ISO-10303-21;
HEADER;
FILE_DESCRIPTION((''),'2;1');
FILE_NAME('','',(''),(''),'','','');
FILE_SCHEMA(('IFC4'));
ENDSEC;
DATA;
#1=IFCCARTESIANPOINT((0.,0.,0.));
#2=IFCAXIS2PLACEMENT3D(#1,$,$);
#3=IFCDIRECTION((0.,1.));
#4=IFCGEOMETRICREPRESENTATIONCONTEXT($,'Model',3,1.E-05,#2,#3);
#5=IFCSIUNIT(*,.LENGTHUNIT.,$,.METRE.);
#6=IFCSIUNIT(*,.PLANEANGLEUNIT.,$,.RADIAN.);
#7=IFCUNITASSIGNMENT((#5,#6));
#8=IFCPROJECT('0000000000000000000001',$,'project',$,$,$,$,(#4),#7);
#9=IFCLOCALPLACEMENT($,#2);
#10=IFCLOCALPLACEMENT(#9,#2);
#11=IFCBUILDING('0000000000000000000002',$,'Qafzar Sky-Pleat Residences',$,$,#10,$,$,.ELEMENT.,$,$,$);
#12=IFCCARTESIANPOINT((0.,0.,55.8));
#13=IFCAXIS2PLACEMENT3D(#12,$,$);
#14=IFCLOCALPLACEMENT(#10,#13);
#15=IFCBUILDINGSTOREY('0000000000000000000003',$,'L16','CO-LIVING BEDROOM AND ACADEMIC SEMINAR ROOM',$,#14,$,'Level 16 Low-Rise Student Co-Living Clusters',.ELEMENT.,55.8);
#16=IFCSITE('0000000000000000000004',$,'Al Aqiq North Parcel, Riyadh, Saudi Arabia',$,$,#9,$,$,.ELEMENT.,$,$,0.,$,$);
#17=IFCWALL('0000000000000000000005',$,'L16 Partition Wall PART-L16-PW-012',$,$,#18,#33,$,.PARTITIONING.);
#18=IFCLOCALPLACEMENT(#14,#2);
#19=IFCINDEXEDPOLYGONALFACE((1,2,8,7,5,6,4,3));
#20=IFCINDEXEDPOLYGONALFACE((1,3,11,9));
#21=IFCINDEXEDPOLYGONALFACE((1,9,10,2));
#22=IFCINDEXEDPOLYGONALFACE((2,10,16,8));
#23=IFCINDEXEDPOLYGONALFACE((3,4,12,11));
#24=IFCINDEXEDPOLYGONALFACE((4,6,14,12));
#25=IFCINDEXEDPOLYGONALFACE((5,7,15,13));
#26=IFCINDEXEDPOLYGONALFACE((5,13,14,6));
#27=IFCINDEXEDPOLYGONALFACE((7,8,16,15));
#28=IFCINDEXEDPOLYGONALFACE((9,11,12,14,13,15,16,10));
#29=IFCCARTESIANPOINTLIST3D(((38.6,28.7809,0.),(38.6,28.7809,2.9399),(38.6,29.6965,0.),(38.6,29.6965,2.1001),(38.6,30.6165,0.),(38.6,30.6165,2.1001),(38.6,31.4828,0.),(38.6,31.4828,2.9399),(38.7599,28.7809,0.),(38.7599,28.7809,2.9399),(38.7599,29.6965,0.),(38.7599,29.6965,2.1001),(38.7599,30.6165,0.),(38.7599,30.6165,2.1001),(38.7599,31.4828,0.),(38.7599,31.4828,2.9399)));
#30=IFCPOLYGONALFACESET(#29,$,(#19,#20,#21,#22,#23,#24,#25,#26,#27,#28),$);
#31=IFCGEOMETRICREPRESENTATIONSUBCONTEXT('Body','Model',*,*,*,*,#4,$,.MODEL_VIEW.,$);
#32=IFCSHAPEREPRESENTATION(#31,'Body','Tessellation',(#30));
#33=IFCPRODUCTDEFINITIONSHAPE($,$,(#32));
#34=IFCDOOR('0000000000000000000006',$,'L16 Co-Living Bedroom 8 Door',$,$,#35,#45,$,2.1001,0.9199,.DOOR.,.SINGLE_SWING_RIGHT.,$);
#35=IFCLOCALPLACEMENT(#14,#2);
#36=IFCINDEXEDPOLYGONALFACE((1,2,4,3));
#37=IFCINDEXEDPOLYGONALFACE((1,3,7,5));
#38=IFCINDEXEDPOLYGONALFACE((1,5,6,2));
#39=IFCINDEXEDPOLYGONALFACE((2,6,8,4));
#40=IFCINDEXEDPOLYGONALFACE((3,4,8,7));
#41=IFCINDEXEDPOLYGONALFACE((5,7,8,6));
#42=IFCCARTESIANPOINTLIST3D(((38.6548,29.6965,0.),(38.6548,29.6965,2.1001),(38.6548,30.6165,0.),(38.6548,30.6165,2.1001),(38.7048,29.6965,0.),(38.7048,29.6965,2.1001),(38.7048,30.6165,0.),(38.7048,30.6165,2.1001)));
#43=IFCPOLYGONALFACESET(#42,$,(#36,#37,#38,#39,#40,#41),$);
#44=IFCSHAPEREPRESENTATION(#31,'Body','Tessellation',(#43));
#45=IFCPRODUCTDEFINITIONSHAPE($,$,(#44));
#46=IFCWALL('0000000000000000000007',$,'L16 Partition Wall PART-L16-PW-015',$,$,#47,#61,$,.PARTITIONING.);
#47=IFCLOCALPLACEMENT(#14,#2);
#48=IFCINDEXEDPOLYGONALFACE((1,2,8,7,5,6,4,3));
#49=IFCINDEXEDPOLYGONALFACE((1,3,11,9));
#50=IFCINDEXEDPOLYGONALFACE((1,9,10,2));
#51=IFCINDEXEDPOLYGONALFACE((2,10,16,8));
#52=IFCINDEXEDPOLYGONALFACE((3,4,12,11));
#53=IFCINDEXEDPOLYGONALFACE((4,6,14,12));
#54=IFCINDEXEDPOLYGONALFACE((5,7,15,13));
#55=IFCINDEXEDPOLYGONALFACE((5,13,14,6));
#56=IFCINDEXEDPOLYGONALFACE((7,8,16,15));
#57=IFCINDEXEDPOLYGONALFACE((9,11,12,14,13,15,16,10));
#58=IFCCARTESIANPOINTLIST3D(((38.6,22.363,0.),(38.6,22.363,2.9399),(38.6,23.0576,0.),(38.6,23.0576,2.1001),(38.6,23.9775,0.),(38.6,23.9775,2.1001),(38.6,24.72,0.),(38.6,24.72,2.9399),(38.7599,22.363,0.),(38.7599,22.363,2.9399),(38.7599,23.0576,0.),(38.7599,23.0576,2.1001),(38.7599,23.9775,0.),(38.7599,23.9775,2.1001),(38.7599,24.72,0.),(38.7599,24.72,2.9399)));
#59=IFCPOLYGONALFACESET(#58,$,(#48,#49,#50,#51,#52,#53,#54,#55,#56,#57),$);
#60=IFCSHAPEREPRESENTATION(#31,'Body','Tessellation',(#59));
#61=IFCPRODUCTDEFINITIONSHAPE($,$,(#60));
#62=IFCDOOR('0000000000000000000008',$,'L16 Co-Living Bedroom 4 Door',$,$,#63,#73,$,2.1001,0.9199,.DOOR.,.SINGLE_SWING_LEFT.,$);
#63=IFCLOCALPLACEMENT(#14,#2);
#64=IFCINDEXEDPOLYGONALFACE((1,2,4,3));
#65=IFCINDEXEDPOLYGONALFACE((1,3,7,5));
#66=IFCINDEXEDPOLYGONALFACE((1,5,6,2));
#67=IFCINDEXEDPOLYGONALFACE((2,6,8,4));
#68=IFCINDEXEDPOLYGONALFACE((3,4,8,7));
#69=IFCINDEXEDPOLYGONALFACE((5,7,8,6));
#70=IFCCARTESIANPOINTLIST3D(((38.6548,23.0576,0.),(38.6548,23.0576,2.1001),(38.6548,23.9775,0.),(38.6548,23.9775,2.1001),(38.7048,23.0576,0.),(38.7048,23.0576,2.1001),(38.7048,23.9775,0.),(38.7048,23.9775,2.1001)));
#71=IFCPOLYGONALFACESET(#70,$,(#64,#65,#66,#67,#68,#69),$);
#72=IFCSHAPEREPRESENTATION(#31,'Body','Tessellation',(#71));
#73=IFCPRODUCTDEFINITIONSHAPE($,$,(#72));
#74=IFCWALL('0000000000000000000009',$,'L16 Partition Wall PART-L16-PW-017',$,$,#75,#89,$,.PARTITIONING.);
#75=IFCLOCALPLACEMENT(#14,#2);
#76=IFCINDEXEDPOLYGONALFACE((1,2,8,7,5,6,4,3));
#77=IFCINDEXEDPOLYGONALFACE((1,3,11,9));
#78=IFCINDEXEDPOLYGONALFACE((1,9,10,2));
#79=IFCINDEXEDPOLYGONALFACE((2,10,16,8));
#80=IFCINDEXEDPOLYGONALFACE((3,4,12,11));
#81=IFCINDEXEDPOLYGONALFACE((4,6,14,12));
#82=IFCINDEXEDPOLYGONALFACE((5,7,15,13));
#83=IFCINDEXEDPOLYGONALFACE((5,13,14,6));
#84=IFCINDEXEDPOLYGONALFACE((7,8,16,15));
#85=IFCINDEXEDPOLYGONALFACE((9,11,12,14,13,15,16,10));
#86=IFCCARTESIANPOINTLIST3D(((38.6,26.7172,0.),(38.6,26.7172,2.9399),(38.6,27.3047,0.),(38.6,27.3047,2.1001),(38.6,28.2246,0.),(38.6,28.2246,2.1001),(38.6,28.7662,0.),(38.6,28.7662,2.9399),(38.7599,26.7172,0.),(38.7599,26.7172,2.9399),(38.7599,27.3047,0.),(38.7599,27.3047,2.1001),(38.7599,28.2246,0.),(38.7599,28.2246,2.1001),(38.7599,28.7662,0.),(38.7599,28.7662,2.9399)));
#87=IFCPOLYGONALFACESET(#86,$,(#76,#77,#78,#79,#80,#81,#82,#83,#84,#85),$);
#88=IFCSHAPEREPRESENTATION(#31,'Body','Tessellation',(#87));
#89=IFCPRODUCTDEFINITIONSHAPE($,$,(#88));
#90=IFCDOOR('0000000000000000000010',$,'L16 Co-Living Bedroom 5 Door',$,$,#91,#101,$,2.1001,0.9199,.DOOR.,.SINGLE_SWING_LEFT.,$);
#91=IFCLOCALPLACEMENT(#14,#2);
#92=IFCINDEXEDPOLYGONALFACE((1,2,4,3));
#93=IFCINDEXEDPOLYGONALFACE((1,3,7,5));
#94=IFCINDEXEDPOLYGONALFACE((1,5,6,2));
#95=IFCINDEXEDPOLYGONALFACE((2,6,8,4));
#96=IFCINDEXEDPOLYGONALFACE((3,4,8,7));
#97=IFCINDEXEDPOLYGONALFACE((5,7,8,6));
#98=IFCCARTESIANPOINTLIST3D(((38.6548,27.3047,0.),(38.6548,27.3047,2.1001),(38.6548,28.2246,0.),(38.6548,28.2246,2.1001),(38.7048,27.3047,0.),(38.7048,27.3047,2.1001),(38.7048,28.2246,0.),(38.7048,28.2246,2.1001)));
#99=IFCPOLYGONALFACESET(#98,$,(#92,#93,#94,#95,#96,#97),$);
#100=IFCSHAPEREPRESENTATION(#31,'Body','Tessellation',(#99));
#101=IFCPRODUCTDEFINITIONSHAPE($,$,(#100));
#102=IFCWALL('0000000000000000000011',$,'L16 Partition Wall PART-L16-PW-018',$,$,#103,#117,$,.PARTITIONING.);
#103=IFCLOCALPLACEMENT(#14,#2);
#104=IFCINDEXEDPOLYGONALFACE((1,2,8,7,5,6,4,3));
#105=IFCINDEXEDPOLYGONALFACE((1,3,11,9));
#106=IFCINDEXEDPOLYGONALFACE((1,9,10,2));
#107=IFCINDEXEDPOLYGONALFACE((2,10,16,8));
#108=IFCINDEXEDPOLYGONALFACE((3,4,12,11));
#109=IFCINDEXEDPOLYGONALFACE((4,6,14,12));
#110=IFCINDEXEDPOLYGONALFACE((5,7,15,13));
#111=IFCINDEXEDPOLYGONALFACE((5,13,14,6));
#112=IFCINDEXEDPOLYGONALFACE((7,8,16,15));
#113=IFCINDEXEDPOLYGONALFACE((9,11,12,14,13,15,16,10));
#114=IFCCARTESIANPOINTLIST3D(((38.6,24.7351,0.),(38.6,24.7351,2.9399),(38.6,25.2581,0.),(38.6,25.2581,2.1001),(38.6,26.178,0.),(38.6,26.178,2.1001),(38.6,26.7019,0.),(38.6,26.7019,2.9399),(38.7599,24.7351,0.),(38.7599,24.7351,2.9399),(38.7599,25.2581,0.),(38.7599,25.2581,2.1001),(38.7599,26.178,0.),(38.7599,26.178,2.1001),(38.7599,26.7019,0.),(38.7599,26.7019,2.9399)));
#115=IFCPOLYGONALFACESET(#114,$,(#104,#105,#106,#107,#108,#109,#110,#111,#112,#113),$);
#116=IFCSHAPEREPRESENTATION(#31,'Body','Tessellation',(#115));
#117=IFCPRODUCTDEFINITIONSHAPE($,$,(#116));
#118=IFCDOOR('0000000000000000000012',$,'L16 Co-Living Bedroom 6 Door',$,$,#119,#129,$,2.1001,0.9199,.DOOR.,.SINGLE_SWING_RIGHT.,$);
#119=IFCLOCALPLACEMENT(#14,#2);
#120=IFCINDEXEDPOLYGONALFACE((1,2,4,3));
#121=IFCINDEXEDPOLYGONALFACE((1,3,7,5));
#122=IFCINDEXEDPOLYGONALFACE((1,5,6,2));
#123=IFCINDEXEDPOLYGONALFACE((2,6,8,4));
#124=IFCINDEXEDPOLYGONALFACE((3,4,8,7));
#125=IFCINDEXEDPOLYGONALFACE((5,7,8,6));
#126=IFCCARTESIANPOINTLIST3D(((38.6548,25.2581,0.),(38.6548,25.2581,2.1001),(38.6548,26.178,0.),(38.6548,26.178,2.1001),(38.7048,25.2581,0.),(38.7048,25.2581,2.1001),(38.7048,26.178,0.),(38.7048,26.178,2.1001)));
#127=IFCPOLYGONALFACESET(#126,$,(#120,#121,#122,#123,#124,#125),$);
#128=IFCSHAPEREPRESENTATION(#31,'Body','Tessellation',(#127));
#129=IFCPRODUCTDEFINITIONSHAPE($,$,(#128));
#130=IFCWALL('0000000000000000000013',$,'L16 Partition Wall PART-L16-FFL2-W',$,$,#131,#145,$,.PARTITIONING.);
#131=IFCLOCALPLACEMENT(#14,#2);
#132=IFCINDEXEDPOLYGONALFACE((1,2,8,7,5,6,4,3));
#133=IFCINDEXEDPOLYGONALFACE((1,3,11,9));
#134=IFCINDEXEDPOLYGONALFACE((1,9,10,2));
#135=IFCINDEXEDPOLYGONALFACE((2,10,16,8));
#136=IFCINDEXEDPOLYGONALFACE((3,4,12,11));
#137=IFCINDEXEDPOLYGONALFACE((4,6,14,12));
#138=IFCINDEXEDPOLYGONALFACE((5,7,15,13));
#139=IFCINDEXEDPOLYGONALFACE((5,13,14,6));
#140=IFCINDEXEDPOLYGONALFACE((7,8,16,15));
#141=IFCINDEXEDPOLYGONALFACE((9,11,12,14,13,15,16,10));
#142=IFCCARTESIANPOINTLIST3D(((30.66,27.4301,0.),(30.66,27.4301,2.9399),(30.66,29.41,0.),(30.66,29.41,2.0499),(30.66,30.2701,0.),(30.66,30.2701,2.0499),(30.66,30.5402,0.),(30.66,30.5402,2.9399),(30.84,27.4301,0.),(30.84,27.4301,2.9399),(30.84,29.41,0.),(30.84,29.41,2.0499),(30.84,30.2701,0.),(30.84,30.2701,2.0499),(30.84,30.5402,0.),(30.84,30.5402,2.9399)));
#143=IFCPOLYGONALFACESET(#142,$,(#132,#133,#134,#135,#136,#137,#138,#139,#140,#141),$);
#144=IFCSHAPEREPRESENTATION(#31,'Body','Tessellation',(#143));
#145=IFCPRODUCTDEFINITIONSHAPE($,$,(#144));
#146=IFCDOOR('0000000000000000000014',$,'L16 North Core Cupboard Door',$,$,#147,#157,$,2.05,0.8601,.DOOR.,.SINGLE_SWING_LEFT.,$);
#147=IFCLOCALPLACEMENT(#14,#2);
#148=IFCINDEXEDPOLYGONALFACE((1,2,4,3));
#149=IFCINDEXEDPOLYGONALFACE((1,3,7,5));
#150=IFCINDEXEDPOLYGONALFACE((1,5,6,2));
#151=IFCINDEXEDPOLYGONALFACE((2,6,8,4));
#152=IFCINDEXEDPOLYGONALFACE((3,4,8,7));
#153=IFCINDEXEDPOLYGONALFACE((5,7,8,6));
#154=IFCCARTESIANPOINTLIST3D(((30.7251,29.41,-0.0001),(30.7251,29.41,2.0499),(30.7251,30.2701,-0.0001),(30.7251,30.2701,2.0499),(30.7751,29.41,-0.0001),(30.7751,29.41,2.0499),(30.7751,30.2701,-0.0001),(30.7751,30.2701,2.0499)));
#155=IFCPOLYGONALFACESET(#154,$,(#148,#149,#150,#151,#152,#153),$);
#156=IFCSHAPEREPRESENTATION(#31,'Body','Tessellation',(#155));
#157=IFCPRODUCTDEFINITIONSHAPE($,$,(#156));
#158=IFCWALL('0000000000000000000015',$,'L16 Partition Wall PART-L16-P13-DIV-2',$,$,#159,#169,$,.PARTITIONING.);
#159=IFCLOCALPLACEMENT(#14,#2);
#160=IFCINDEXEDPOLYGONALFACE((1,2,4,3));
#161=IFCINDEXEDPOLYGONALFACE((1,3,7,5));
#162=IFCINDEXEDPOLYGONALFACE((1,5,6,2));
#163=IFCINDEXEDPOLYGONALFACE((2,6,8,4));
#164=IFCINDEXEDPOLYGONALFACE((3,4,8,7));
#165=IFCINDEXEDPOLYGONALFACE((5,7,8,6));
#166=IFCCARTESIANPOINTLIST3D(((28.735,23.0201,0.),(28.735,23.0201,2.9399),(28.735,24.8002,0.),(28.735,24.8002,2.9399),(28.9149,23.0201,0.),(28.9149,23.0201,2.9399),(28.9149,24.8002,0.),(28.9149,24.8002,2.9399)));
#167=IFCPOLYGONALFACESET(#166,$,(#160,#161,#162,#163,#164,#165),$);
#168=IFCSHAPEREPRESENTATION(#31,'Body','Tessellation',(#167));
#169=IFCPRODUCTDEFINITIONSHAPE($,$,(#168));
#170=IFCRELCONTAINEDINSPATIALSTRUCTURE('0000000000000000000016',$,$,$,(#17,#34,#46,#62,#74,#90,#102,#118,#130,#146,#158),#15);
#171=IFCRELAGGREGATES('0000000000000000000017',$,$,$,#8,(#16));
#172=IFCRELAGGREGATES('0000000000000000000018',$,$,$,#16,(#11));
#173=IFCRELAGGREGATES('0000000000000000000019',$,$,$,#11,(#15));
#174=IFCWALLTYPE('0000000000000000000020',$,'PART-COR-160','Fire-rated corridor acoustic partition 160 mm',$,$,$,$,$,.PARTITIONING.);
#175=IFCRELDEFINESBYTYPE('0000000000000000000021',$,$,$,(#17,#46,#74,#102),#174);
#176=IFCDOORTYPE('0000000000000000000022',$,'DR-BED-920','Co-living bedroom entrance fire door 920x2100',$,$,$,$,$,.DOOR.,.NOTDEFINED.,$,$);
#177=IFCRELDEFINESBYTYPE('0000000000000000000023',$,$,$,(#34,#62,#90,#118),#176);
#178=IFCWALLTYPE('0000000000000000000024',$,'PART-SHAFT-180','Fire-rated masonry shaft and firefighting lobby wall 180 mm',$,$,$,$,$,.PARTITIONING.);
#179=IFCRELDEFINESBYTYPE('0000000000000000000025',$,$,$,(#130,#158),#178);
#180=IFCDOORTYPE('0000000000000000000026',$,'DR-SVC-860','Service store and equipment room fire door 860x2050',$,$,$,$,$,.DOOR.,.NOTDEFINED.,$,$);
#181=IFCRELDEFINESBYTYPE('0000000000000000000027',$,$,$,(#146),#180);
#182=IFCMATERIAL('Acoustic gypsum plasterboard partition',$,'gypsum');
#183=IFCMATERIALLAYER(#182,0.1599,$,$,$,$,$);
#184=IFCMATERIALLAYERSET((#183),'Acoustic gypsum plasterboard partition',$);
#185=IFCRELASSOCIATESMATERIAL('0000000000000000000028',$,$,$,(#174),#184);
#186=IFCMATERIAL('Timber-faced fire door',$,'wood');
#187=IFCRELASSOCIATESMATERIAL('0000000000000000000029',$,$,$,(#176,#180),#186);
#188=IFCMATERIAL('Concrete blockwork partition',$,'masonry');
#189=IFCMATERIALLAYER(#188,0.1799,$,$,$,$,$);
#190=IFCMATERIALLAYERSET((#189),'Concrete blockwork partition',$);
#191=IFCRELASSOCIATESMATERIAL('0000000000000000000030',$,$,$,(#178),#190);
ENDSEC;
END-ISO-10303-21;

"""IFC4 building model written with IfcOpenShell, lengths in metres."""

from ifc_helpers import new_model, si_unit, direction, frame, frame_2d, origin, place, context, subcontext, project, spatial, rectangle, extrude, source, transform, mapped, material, layer, layer_set, type_object, element, fill, save


model = new_model("IFC4")

# Units and contexts
model_context = context("Model", 3, precision=1e-05, world=origin(), true_north=direction((0.0, 1.0)))
body_context = subcontext(model_context, "Body", "Model", "MODEL_VIEW")
ifc_project = project(units=[si_unit("LENGTHUNIT", "METRE"), si_unit("PLANEANGLEUNIT", "RADIAN")], contexts=[model_context])

# Site, building, storey
site_placement = place(None, origin())
site = spatial("IfcSite", under=ifc_project, at=site_placement, Name="Al Aqiq North Parcel, Riyadh, Saudi Arabia", CompositionType="ELEMENT", RefElevation=0.0)
building_placement = place(site_placement, origin())
building = spatial("IfcBuilding", under=site, at=building_placement, Name="Qafzar Sky-Pleat Residences", CompositionType="ELEMENT")
storey_placement = place(building_placement, frame((0.0, 0.0, 55.8)))
storey = spatial("IfcBuildingStorey", under=building, at=storey_placement, Name="L16", Description="CO-LIVING BEDROOM AND ACADEMIC SEMINAR ROOM", LongName="Level 16 Low-Rise Student Co-Living Clusters", CompositionType="ELEMENT", Elevation=55.8)

# Walls, openings, doors
ifc_material_1 = material(Name="Acoustic gypsum plasterboard partition", Category="gypsum")
ifc_layer_1 = layer(ifc_material_1, 0.1599)
ifc_layer_set_1 = layer_set([ifc_layer_1], Name="Acoustic gypsum plasterboard partition")
wall_type_1 = type_object("IfcWallType", Name="PART-COR-160", Description="Fire-rated corridor acoustic partition 160 mm", PredefinedType="PARTITIONING", material=ifc_layer_set_1)
wall_1_placement = place(storey_placement, frame((38.6799, 31.4829, 0.0), z_axis=(0.0, 0.0, 1.0), x_axis=(0.0, -1.0, 0.0)))
wall_1 = element("IfcWall", 1, at=wall_1_placement, inside=storey, type_object=wall_type_1, Name="L16 Partition Wall PART-L16-PW-012", PredefinedType="PARTITIONING", context=body_context, shape_type="SweptSolid", body=[
    extrude(rectangle(XDim=2.7019, YDim=0.1599, at=frame_2d((1.3511, 0.0))), origin(), (0.0, 0.0, 1.0), 2.9399),
])
opening_1_placement = place(wall_1_placement, frame((0.8665, 0.0, 0.0)))
opening_1 = element("IfcOpeningElement", 2, at=opening_1_placement, cuts=wall_1, PredefinedType="OPENING", context=body_context, shape_type="SweptSolid", body=[
    extrude(rectangle(XDim=0.9199, YDim=2.1001, at=frame_2d((0.46, 1.05))), frame((0.0, 0.0898, 0.0), z_axis=(0.0, -1.0, 0.0), x_axis=(1.0, 0.0, 0.0)), (0.0, 0.0, 1.0), 0.1799),
])
ifc_material_2 = material(Name="Timber-faced fire door", Category="wood")
door_type_1 = type_object("IfcDoorType", Name="DR-BED-920", Description="Co-living bedroom entrance fire door 920x2100", OperationType="NOTDEFINED", PredefinedType="DOOR", material=ifc_material_2)
shared_shape_1 = source(origin(), body_context, "Body", "SweptSolid", [
    extrude(rectangle(XDim=0.9199, YDim=2.1001, at=frame_2d((0.46, 1.05))), frame((0.0, 0.0249, 0.0), z_axis=(0.0, -1.0, 0.0), x_axis=(1.0, 0.0, 0.0)), (0.0, 0.0, 1.0), 0.05),
])
door_1_placement = place(opening_1_placement, origin())
door_1 = element("IfcDoor", 3, at=door_1_placement, inside=storey, type_object=door_type_1, Name="L16 Co-Living Bedroom 8 Door", OperationType="SINGLE_SWING_RIGHT", OverallHeight=2.1001, OverallWidth=0.9199, PredefinedType="DOOR", context=body_context, shape_type="MappedRepresentation", body=[
    mapped(shared_shape_1, transform((0.0, 0.0, 0.0), x_axis=(1.0, 0.0, 0.0), y_axis=(0.0, 1.0, 0.0), z_axis=(0.0, 0.0, 1.0), scale=1.0)),
])
fill(opening_1, door_1)
wall_2_placement = place(storey_placement, frame((38.6799, 24.72, 0.0), z_axis=(0.0, 0.0, 1.0), x_axis=(0.0, -1.0, 0.0)))
wall_2 = element("IfcWall", 4, at=wall_2_placement, inside=storey, type_object=wall_type_1, Name="L16 Partition Wall PART-L16-PW-015", PredefinedType="PARTITIONING", context=body_context, shape_type="SweptSolid", body=[
    extrude(rectangle(XDim=2.3569, YDim=0.1599, at=frame_2d((1.1785, 0.0))), origin(), (0.0, 0.0, 1.0), 2.9399),
])
opening_2_placement = place(wall_2_placement, frame((0.7424, 0.0, 0.0)))
opening_2 = element("IfcOpeningElement", 5, at=opening_2_placement, cuts=wall_2, PredefinedType="OPENING", context=body_context, shape_type="SweptSolid", body=[
    extrude(rectangle(XDim=0.9199, YDim=2.1001, at=frame_2d((0.46, 1.05))), frame((0.0, 0.0898, 0.0), z_axis=(0.0, -1.0, 0.0), x_axis=(1.0, 0.0, 0.0)), (0.0, 0.0, 1.0), 0.1799),
])
door_2_placement = place(opening_2_placement, origin())
door_2 = element("IfcDoor", 6, at=door_2_placement, inside=storey, type_object=door_type_1, Name="L16 Co-Living Bedroom 4 Door", OperationType="SINGLE_SWING_LEFT", OverallHeight=2.1001, OverallWidth=0.9199, PredefinedType="DOOR", context=body_context, shape_type="MappedRepresentation", body=[
    mapped(shared_shape_1, transform((0.0, 0.0, 0.0), x_axis=(1.0, 0.0, 0.0), y_axis=(0.0, 1.0, 0.0), z_axis=(0.0, 0.0, 1.0), scale=1.0)),
])
fill(opening_2, door_2)
wall_3_placement = place(storey_placement, frame((38.6799, 28.7661, 0.0), z_axis=(0.0, 0.0, 1.0), x_axis=(0.0, -1.0, 0.0)))
wall_3 = element("IfcWall", 7, at=wall_3_placement, inside=storey, type_object=wall_type_1, Name="L16 Partition Wall PART-L16-PW-017", PredefinedType="PARTITIONING", context=body_context, shape_type="SweptSolid", body=[
    extrude(rectangle(XDim=2.0491, YDim=0.1599, at=frame_2d((1.0244, 0.0))), origin(), (0.0, 0.0, 1.0), 2.9399),
])
opening_3_placement = place(wall_3_placement, frame((0.5415, 0.0, 0.0)))
opening_3 = element("IfcOpeningElement", 8, at=opening_3_placement, cuts=wall_3, PredefinedType="OPENING", context=body_context, shape_type="SweptSolid", body=[
    extrude(rectangle(XDim=0.9199, YDim=2.1001, at=frame_2d((0.46, 1.05))), frame((0.0, 0.0898, 0.0), z_axis=(0.0, -1.0, 0.0), x_axis=(1.0, 0.0, 0.0)), (0.0, 0.0, 1.0), 0.1799),
])
door_3_placement = place(opening_3_placement, origin())
door_3 = element("IfcDoor", 9, at=door_3_placement, inside=storey, type_object=door_type_1, Name="L16 Co-Living Bedroom 5 Door", OperationType="SINGLE_SWING_LEFT", OverallHeight=2.1001, OverallWidth=0.9199, PredefinedType="DOOR", context=body_context, shape_type="MappedRepresentation", body=[
    mapped(shared_shape_1, transform((0.0, 0.0, 0.0), x_axis=(1.0, 0.0, 0.0), y_axis=(0.0, 1.0, 0.0), z_axis=(0.0, 0.0, 1.0), scale=1.0)),
])
fill(opening_3, door_3)
wall_4_placement = place(storey_placement, frame((38.6799, 26.7019, 0.0), z_axis=(0.0, 0.0, 1.0), x_axis=(0.0, -1.0, 0.0)))
wall_4 = element("IfcWall", 10, at=wall_4_placement, inside=storey, type_object=wall_type_1, Name="L16 Partition Wall PART-L16-PW-018", PredefinedType="PARTITIONING", context=body_context, shape_type="SweptSolid", body=[
    extrude(rectangle(XDim=1.9668, YDim=0.1599, at=frame_2d((0.9834, 0.0))), origin(), (0.0, 0.0, 1.0), 2.9399),
])
opening_4_placement = place(wall_4_placement, frame((0.5239, 0.0, 0.0)))
opening_4 = element("IfcOpeningElement", 11, at=opening_4_placement, cuts=wall_4, PredefinedType="OPENING", context=body_context, shape_type="SweptSolid", body=[
    extrude(rectangle(XDim=0.9199, YDim=2.1001, at=frame_2d((0.46, 1.05))), frame((0.0, 0.0898, 0.0), z_axis=(0.0, -1.0, 0.0), x_axis=(1.0, 0.0, 0.0)), (0.0, 0.0, 1.0), 0.1799),
])
door_4_placement = place(opening_4_placement, origin())
door_4 = element("IfcDoor", 12, at=door_4_placement, inside=storey, type_object=door_type_1, Name="L16 Co-Living Bedroom 6 Door", OperationType="SINGLE_SWING_RIGHT", OverallHeight=2.1001, OverallWidth=0.9199, PredefinedType="DOOR", context=body_context, shape_type="MappedRepresentation", body=[
    mapped(shared_shape_1, transform((0.0, 0.0, 0.0), x_axis=(1.0, 0.0, 0.0), y_axis=(0.0, 1.0, 0.0), z_axis=(0.0, 0.0, 1.0), scale=1.0)),
])
fill(opening_4, door_4)
ifc_material_3 = material(Name="Concrete blockwork partition", Category="masonry")
ifc_layer_2 = layer(ifc_material_3, 0.1799)
ifc_layer_set_2 = layer_set([ifc_layer_2], Name="Concrete blockwork partition")
wall_type_2 = type_object("IfcWallType", Name="PART-SHAFT-180", Description="Fire-rated masonry shaft and firefighting lobby wall 180 mm", PredefinedType="PARTITIONING", material=ifc_layer_set_2)
wall_5_placement = place(storey_placement, frame((30.75, 27.4299, 0.0), z_axis=(0.0, 0.0, 1.0), x_axis=(0.0, 1.0, 0.0)))
wall_5 = element("IfcWall", 13, at=wall_5_placement, inside=storey, type_object=wall_type_2, Name="L16 Partition Wall PART-L16-FFL2-W", PredefinedType="PARTITIONING", context=body_context, shape_type="SweptSolid", body=[
    extrude(rectangle(XDim=3.1101, YDim=0.1799, at=frame_2d((1.5552, 0.0))), origin(), (0.0, 0.0, 1.0), 2.9399),
])
opening_5_placement = place(wall_5_placement, frame((1.98, 0.0, 0.0)))
opening_5 = element("IfcOpeningElement", 14, at=opening_5_placement, cuts=wall_5, PredefinedType="OPENING", context=body_context, shape_type="SweptSolid", body=[
    extrude(rectangle(XDim=0.8601, YDim=2.05, at=frame_2d((0.4302, 1.0249))), frame((0.0, 0.1001, 0.0), z_axis=(0.0, -1.0, 0.0), x_axis=(1.0, 0.0, 0.0)), (0.0, 0.0, 1.0), 0.2),
])
door_type_2 = type_object("IfcDoorType", Name="DR-SVC-860", Description="Service store and equipment room fire door 860x2050", OperationType="NOTDEFINED", PredefinedType="DOOR", material=ifc_material_2)
shared_shape_2 = source(origin(), body_context, "Body", "SweptSolid", [
    extrude(rectangle(XDim=0.8601, YDim=2.05, at=frame_2d((0.4302, 1.0249))), frame((0.0, 0.0249, 0.0), z_axis=(0.0, -1.0, 0.0), x_axis=(1.0, 0.0, 0.0)), (0.0, 0.0, 1.0), 0.05),
])
door_5_placement = place(opening_5_placement, origin())
door_5 = element("IfcDoor", 15, at=door_5_placement, inside=storey, type_object=door_type_2, Name="L16 North Core Cupboard Door", OperationType="SINGLE_SWING_LEFT", OverallHeight=2.05, OverallWidth=0.8601, PredefinedType="DOOR", context=body_context, shape_type="MappedRepresentation", body=[
    mapped(shared_shape_2, transform((0.0, 0.0, 0.0), x_axis=(1.0, 0.0, 0.0), y_axis=(0.0, 1.0, 0.0), z_axis=(0.0, 0.0, 1.0), scale=1.0)),
])
fill(opening_5, door_5)

# Wall
wall_6_placement = place(storey_placement, frame((28.825, 23.02, 0.0), z_axis=(0.0, 0.0, 1.0), x_axis=(0.0, 1.0, 0.0)))
element("IfcWall", 16, at=wall_6_placement, inside=storey, type_object=wall_type_2, Name="L16 Partition Wall PART-L16-P13-DIV-2", PredefinedType="PARTITIONING", context=body_context, shape_type="SweptSolid", body=[
    extrude(rectangle(XDim=1.78, YDim=0.1799, at=frame_2d((0.8901, 0.0))), origin(), (0.0, 0.0, 1.0), 2.9399),
])

save(model, "model.ifc")
